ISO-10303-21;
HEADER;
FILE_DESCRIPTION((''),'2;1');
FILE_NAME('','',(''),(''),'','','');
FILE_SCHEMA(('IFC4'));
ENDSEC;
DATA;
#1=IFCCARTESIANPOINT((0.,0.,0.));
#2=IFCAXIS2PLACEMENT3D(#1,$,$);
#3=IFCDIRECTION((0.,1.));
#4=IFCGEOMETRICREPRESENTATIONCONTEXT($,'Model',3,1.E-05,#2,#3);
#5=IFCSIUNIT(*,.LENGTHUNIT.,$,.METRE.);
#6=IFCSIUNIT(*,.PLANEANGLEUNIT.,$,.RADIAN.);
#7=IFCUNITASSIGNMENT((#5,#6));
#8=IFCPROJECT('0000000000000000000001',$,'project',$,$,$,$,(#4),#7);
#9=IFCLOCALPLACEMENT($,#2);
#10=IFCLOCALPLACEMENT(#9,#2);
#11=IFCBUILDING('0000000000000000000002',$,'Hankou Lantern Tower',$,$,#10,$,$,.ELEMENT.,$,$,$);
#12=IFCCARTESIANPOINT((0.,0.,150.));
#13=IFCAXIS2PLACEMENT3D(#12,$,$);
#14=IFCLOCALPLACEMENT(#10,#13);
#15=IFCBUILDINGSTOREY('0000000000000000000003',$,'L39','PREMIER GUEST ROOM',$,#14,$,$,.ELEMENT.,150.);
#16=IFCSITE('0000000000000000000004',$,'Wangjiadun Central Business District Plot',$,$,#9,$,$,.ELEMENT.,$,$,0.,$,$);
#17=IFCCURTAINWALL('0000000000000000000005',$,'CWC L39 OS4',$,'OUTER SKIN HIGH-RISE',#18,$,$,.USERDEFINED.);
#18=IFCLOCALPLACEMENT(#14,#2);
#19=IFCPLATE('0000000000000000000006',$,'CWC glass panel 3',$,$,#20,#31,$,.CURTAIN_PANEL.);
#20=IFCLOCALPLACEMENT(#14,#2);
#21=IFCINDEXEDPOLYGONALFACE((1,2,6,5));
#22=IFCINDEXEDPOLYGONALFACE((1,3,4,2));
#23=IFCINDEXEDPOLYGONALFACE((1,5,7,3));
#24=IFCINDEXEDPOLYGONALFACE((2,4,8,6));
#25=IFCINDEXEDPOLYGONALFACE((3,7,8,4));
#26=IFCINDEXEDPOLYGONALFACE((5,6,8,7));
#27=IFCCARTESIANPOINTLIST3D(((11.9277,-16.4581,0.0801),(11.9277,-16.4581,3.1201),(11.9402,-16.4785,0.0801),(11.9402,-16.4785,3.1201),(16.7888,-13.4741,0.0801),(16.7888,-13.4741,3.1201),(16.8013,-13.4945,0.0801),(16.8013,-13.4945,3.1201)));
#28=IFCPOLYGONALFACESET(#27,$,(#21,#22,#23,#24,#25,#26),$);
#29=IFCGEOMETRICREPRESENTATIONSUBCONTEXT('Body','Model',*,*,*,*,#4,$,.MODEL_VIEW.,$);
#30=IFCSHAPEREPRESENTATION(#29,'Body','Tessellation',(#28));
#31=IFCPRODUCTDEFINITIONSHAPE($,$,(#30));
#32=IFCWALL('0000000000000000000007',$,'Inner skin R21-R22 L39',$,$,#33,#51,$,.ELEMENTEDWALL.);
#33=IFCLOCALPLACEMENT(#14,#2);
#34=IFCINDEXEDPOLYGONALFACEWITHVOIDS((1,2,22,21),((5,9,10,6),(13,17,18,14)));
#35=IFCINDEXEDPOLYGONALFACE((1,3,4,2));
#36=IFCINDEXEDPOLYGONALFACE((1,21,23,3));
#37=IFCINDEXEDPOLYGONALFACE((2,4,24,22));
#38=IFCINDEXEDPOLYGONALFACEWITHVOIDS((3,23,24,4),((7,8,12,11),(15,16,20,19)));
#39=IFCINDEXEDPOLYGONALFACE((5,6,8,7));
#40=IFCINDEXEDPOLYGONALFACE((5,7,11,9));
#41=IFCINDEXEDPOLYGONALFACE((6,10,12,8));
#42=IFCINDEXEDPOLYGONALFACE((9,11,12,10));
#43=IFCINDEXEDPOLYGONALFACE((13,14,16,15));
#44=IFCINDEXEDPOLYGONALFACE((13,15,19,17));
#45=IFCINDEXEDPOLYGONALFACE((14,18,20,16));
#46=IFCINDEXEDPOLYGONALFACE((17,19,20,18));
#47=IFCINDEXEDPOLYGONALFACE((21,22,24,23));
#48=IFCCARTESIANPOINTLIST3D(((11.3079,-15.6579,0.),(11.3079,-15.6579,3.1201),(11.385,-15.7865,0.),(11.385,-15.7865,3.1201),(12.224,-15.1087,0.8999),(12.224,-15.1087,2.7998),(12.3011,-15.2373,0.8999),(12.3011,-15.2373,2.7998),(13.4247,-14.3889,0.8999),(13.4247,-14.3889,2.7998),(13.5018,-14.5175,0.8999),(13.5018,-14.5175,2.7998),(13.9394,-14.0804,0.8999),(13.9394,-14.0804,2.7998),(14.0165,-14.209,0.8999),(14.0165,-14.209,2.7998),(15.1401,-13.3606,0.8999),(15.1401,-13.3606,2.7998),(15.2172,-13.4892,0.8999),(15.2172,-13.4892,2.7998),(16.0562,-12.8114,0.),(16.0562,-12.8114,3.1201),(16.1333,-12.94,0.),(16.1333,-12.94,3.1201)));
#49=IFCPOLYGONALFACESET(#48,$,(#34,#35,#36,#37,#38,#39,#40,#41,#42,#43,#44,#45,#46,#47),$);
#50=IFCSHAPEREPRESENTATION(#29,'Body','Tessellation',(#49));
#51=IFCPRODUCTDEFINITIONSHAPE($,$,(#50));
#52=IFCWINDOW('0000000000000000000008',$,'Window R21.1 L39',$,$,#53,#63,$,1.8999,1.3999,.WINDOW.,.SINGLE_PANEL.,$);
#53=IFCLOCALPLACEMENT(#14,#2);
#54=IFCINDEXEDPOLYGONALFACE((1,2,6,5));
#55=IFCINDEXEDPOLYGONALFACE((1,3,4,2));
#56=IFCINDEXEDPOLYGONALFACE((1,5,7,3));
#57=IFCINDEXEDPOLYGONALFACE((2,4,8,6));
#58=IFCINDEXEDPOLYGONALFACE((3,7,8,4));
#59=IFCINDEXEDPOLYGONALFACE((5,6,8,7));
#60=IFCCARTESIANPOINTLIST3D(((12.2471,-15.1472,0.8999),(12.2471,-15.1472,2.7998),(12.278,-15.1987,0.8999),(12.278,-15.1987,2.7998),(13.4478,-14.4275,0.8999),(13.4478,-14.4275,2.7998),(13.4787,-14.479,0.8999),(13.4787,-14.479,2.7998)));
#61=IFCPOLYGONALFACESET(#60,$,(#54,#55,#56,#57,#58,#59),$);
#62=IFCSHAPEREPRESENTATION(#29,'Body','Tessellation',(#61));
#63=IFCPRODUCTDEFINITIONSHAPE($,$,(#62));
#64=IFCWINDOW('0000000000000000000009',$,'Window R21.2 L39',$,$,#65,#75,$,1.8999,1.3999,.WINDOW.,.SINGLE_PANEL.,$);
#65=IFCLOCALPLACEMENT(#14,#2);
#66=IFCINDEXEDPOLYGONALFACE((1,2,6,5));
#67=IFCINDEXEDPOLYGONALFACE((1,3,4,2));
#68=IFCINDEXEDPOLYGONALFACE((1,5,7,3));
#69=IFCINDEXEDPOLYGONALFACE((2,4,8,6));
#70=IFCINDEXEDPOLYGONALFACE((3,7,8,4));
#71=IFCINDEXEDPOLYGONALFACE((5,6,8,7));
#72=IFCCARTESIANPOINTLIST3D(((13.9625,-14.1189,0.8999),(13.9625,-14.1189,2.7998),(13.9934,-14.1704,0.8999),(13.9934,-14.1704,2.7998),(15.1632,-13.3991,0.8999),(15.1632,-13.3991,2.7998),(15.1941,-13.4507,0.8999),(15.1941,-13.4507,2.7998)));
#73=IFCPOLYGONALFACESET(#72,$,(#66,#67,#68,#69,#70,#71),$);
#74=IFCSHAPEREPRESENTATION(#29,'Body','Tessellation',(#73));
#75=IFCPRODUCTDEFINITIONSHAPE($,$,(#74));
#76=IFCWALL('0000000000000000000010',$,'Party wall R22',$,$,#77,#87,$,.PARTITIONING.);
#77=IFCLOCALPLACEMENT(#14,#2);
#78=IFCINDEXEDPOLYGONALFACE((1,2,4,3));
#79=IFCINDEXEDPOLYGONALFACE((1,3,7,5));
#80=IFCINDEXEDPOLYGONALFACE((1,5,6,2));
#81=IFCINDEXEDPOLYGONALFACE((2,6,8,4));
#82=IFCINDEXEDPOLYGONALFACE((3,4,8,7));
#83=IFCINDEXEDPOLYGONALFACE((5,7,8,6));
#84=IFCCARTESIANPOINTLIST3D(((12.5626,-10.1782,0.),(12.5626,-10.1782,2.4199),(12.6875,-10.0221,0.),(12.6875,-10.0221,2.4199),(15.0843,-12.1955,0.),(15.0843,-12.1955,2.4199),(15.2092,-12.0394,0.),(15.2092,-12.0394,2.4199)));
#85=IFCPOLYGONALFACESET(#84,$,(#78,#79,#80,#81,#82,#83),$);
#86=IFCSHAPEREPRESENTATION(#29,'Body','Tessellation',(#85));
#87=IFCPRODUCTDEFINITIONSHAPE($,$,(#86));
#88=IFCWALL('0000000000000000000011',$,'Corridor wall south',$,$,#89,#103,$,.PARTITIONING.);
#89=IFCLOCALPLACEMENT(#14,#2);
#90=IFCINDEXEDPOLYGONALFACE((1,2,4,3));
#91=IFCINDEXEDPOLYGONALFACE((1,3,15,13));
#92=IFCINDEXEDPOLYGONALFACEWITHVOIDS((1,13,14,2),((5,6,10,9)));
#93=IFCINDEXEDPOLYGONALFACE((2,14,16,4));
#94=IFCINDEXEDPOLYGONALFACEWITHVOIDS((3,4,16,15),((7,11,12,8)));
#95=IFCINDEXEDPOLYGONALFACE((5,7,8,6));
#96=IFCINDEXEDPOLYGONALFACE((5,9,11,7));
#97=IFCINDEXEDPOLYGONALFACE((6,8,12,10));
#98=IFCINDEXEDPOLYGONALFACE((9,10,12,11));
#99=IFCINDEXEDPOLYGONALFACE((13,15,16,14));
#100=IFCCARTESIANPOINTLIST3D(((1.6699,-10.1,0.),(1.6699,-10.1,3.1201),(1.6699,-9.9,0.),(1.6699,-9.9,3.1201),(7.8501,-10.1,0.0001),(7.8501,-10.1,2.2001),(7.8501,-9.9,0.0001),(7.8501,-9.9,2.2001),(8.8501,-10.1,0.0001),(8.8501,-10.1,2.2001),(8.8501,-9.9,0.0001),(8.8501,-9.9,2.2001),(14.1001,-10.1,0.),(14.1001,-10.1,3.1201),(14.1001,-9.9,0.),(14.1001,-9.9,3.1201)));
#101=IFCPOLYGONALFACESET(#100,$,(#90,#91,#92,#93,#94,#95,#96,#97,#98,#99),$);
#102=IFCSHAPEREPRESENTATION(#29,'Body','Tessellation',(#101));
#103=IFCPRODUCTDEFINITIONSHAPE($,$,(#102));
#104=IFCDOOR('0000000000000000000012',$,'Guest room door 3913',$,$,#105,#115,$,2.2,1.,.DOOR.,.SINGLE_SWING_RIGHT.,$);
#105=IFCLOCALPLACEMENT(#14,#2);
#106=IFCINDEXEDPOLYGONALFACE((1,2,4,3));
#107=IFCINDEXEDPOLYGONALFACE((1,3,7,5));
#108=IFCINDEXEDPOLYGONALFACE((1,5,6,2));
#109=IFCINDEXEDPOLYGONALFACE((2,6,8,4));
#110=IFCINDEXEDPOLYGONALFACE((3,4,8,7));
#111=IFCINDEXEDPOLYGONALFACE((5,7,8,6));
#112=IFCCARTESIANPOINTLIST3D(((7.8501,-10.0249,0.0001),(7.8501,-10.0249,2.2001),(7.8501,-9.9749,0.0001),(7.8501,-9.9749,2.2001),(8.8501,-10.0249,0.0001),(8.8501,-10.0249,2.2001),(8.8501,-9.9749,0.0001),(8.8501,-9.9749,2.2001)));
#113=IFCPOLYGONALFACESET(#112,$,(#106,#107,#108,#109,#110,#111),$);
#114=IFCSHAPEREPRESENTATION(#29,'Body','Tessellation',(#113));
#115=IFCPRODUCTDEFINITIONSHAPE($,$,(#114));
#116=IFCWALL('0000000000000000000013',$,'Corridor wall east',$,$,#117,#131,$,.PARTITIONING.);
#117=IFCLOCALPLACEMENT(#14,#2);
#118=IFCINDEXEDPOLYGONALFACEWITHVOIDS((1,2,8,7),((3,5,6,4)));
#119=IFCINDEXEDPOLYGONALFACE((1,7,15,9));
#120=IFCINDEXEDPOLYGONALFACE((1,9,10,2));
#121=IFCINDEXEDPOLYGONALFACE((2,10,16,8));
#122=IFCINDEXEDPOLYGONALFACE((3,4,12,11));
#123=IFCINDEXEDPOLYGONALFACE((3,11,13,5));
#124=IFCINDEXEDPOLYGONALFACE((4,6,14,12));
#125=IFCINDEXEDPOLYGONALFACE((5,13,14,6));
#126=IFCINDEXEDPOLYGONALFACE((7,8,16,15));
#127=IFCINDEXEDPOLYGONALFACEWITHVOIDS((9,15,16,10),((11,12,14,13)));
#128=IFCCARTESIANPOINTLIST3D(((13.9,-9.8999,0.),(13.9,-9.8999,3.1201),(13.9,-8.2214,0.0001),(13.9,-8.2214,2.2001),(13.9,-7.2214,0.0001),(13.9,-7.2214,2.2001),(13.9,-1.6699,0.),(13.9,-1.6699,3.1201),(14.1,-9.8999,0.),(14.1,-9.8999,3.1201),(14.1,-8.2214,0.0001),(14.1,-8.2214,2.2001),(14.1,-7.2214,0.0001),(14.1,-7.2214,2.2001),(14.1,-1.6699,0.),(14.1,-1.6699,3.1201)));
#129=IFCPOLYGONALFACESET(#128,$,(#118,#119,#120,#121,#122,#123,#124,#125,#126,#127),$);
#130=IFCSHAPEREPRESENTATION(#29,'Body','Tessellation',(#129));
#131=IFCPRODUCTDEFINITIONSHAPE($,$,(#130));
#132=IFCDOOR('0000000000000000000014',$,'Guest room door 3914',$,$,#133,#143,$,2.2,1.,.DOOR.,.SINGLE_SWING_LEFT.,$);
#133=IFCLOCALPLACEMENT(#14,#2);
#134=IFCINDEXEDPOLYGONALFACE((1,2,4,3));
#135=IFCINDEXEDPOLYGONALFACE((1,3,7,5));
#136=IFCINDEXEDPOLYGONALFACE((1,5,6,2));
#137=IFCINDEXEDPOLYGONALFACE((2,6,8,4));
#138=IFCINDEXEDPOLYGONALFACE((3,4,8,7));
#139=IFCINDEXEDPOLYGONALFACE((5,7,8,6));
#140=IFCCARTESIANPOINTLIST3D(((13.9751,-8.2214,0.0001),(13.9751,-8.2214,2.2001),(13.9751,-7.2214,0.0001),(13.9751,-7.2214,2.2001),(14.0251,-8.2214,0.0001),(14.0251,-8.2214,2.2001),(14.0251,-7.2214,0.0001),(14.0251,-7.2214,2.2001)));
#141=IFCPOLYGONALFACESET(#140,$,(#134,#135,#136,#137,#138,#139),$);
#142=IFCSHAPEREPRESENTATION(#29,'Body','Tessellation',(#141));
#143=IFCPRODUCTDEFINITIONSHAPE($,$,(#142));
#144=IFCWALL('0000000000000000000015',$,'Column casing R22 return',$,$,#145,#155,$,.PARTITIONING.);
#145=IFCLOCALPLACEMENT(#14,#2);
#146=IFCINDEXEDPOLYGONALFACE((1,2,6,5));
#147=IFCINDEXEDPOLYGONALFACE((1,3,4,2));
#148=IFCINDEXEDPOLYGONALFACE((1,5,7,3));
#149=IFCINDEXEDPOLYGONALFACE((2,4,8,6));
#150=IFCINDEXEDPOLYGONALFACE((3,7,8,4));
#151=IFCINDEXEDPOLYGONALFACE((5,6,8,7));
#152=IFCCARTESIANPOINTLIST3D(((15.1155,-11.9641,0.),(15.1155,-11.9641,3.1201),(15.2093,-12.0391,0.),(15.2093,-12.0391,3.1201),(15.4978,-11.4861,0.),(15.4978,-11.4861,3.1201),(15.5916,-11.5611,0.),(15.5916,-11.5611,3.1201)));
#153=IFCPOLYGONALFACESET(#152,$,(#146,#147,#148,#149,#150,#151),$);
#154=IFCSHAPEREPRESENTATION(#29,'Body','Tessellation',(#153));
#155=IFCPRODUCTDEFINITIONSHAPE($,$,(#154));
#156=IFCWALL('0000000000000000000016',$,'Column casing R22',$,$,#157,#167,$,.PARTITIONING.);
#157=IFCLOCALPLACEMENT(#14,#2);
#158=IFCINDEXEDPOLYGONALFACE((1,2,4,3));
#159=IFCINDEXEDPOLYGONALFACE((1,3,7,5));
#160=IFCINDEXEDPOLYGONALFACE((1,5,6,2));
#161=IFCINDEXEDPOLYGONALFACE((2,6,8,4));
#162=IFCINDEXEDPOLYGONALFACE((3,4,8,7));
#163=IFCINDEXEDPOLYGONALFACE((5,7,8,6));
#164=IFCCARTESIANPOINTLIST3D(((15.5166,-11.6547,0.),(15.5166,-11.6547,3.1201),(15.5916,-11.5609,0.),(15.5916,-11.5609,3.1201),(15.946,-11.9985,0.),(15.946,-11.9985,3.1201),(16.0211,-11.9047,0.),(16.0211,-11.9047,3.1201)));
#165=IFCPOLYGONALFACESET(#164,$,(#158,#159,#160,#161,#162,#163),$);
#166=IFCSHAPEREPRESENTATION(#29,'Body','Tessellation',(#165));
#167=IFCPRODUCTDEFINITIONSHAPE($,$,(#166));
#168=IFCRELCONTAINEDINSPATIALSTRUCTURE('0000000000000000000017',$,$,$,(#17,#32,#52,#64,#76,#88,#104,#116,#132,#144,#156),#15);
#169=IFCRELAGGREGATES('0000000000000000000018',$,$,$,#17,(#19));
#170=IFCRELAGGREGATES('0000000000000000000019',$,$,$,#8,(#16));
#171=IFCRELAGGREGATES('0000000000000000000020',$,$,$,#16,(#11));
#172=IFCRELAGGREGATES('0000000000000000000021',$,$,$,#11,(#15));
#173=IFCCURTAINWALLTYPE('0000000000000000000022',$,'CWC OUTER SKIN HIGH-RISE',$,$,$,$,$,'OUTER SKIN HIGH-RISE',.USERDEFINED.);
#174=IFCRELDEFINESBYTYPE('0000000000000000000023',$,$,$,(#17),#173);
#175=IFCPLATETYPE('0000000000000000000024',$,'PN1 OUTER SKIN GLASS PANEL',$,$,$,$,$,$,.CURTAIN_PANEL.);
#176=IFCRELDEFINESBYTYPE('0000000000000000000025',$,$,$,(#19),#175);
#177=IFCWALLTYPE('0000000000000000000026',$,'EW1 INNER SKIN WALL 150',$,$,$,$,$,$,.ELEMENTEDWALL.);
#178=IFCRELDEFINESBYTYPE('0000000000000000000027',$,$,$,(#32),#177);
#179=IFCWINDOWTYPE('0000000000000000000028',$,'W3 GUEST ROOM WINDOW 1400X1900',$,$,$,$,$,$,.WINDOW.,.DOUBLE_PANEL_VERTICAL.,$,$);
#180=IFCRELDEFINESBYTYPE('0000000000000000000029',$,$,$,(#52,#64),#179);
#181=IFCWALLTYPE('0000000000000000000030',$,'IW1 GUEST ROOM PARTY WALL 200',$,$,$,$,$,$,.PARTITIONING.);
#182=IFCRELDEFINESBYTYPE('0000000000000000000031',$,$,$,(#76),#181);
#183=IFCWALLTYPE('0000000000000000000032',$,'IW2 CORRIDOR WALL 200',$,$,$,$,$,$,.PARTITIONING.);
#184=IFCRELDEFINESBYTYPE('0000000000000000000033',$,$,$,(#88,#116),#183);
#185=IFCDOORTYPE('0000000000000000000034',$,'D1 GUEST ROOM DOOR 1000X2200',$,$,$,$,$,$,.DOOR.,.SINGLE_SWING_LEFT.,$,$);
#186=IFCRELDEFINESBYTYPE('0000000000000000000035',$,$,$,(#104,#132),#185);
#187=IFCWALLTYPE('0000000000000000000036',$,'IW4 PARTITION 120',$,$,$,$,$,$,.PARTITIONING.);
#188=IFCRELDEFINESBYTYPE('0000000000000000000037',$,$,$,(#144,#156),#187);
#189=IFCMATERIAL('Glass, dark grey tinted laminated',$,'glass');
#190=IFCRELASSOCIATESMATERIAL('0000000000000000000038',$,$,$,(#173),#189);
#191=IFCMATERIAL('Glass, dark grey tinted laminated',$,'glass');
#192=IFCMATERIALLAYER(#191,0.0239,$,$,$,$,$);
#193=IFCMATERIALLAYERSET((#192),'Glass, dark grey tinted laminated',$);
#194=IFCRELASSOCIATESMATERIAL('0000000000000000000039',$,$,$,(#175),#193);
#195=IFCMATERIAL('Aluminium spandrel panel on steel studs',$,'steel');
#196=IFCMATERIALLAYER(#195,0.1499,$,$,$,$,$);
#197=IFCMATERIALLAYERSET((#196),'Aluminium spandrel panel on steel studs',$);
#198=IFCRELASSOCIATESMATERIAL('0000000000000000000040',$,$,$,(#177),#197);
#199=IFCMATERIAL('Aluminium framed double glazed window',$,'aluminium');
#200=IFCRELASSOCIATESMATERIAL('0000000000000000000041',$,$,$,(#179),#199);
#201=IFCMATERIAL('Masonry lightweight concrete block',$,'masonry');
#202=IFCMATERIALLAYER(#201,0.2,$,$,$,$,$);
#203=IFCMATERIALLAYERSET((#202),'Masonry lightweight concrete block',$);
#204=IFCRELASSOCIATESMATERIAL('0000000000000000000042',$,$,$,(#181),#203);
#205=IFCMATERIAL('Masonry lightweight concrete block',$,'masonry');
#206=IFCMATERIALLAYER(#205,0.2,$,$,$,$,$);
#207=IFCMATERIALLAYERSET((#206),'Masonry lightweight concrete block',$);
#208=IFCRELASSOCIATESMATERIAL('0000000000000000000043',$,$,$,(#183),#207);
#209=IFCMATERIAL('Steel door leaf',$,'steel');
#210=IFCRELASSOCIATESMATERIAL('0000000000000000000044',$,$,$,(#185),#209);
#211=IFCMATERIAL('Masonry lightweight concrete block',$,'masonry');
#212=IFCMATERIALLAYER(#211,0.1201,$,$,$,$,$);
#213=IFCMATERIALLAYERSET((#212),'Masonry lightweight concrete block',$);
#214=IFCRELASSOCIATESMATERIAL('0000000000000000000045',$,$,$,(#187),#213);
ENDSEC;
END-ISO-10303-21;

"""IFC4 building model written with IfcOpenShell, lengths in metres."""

from ifc_helpers import new_model, si_unit, direction, frame, frame_2d, origin, origin_2d, place, context, subcontext, project, spatial, rectangle, extrude, material, layer, layer_set, type_object, element, fill, aggregate, save


model = new_model("IFC4")

# Units and contexts
model_context = context("Model", 3, precision=1e-05, world=origin(), true_north=direction((0.0, 1.0)))
body_context = subcontext(model_context, "Body", "Model", "MODEL_VIEW")
ifc_project = project(units=[si_unit("LENGTHUNIT", "METRE"), si_unit("PLANEANGLEUNIT", "RADIAN")], contexts=[model_context])

# Site, building, storey
site_placement = place(None, origin())
site = spatial("IfcSite", under=ifc_project, at=site_placement, Name="Wangjiadun Central Business District Plot", CompositionType="ELEMENT", RefElevation=0.0)
building_placement = place(site_placement, origin())
building = spatial("IfcBuilding", under=site, at=building_placement, Name="Hankou Lantern Tower", CompositionType="ELEMENT")
storey_placement = place(building_placement, frame((0.0, 0.0, 150.0)))
storey = spatial("IfcBuildingStorey", under=building, at=storey_placement, Name="L39", Description="PREMIER GUEST ROOM", CompositionType="ELEMENT", Elevation=150.0)

# Curtain wall
ifc_material_1 = material(Name="Glass, dark grey tinted laminated", Category="glass")
curtain_wall_type = type_object("IfcCurtainWallType", Name="CWC OUTER SKIN HIGH-RISE", ElementType="OUTER SKIN HIGH-RISE", PredefinedType="USERDEFINED", material=ifc_material_1)
curtain_wall_placement = place(storey_placement, origin())
curtain_wall = element("IfcCurtainWall", 1, at=curtain_wall_placement, inside=storey, type_object=curtain_wall_type, Name="CWC L39 OS4", ObjectType="OUTER SKIN HIGH-RISE", PredefinedType="USERDEFINED")

# Plate
ifc_material_2 = material(Name="Glass, dark grey tinted laminated", Category="glass")
ifc_layer_1 = layer(ifc_material_2, 0.0239)
ifc_layer_set_1 = layer_set([ifc_layer_1], Name="Glass, dark grey tinted laminated")
plate_type = type_object("IfcPlateType", Name="PN1 OUTER SKIN GLASS PANEL", PredefinedType="CURTAIN_PANEL", material=ifc_layer_set_1)
plate_placement = place(storey_placement, frame((14.3645, -14.9763, 0.0801), z_axis=(0.0, 0.0, 1.0), x_axis=(0.852237, 0.523156, 0.0)))
plate = element("IfcPlate", 2, at=plate_placement, type_object=plate_type, Name="CWC glass panel 3", PredefinedType="CURTAIN_PANEL", context=body_context, shape_type="SweptSolid", body=[
    extrude(rectangle(XDim=5.7039, YDim=0.0239, at=origin_2d()), origin(), (0.0, 0.0, 1.0), 3.04),
])
aggregate(curtain_wall, [plate])

# Wall, openings, windows
ifc_material_3 = material(Name="Aluminium spandrel panel on steel studs", Category="steel")
ifc_layer_2 = layer(ifc_material_3, 0.1499)
ifc_layer_set_2 = layer_set([ifc_layer_2], Name="Aluminium spandrel panel on steel studs")
wall_type_1 = type_object("IfcWallType", Name="EW1 INNER SKIN WALL 150", PredefinedType="ELEMENTEDWALL", material=ifc_layer_set_2)
wall_1_placement = place(storey_placement, frame((11.3464, -15.7222, 0.0), z_axis=(0.0, 0.0, 1.0), x_axis=(0.857695, 0.514158, 0.0)))
wall_1 = element("IfcWall", 3, at=wall_1_placement, inside=storey, type_object=wall_type_1, Name="Inner skin R21-R22 L39", PredefinedType="ELEMENTEDWALL", context=body_context, shape_type="SweptSolid", body=[
    extrude(rectangle(XDim=5.5361, YDim=0.1499, at=frame_2d((2.7681, 0.0))), origin(), (0.0, 0.0, 1.0), 3.1201),
])
opening_1_placement = place(wall_1_placement, frame((1.0681, 0.0, 0.8999)))
opening_1 = element("IfcOpeningElement", 4, at=opening_1_placement, cuts=wall_1, PredefinedType="OPENING", context=body_context, shape_type="SweptSolid", body=[
    extrude(rectangle(XDim=1.3999, YDim=1.8999, at=frame_2d((0.7, 0.95))), frame((0.0, 0.085, 0.0), z_axis=(0.0, -1.0, 0.0), x_axis=(1.0, 0.0, 0.0)), (0.0, 0.0, 1.0), 0.1699),
])
opening_2_placement = place(wall_1_placement, frame((3.0681, 0.0, 0.8999)))
opening_2 = element("IfcOpeningElement", 5, at=opening_2_placement, cuts=wall_1, PredefinedType="OPENING", context=body_context, shape_type="SweptSolid", body=[
    extrude(rectangle(XDim=1.3999, YDim=1.8999, at=frame_2d((0.7, 0.95))), frame((0.0, 0.085, 0.0), z_axis=(0.0, -1.0, 0.0), x_axis=(1.0, 0.0, 0.0)), (0.0, 0.0, 1.0), 0.1699),
])
ifc_material_4 = material(Name="Aluminium framed double glazed window", Category="aluminium")
window_type = type_object("IfcWindowType", Name="W3 GUEST ROOM WINDOW 1400X1900", PartitioningType="DOUBLE_PANEL_VERTICAL", PredefinedType="WINDOW", material=ifc_material_4)
window_1_placement = place(opening_1_placement, origin())
window_1 = element("IfcWindow", 6, at=window_1_placement, inside=storey, type_object=window_type, Name="Window R21.1 L39", OverallHeight=1.8999, OverallWidth=1.3999, PartitioningType="SINGLE_PANEL", PredefinedType="WINDOW", context=body_context, shape_type="SweptSolid", body=[
    extrude(rectangle(XDim=1.3999, YDim=1.8999, at=frame_2d((0.7, 0.95))), frame((0.0, 0.03, 0.0), z_axis=(0.0, -1.0, 0.0), x_axis=(1.0, 0.0, 0.0)), (0.0, 0.0, 1.0), 0.0601),
])
fill(opening_1, window_1)
window_2_placement = place(opening_2_placement, origin())
window_2 = element("IfcWindow", 7, at=window_2_placement, inside=storey, type_object=window_type, Name="Window R21.2 L39", OverallHeight=1.8999, OverallWidth=1.3999, PartitioningType="SINGLE_PANEL", PredefinedType="WINDOW", context=body_context, shape_type="SweptSolid", body=[
    extrude(rectangle(XDim=1.3999, YDim=1.8999, at=frame_2d((0.7, 0.95))), frame((0.0, 0.03, 0.0), z_axis=(0.0, -1.0, 0.0), x_axis=(1.0, 0.0, 0.0)), (0.0, 0.0, 1.0), 0.0601),
])
fill(opening_2, window_2)

# Wall
ifc_material_5 = material(Name="Masonry lightweight concrete block", Category="masonry")
ifc_layer_3 = layer(ifc_material_5, 0.2)
ifc_layer_set_3 = layer_set([ifc_layer_3], Name="Masonry lightweight concrete block")
wall_type_2 = type_object("IfcWallType", Name="IW1 GUEST ROOM PARTY WALL 200", PredefinedType="PARTITIONING", material=ifc_layer_set_3)
wall_2_placement = place(storey_placement, frame((12.625, -10.1001, 0.0), z_axis=(0.0, 0.0, 1.0), x_axis=(0.780876, -0.624686, 0.0)))
element("IfcWall", 8, at=wall_2_placement, inside=storey, type_object=wall_type_2, Name="Party wall R22", PredefinedType="PARTITIONING", context=body_context, shape_type="SweptSolid", body=[
    extrude(rectangle(XDim=3.2292, YDim=0.2, at=frame_2d((1.6147, 0.0))), origin(), (0.0, 0.0, 1.0), 2.4199),
])

# Walls, openings, doors
ifc_material_6 = material(Name="Masonry lightweight concrete block", Category="masonry")
ifc_layer_4 = layer(ifc_material_6, 0.2)
ifc_layer_set_4 = layer_set([ifc_layer_4], Name="Masonry lightweight concrete block")
wall_type_3 = type_object("IfcWallType", Name="IW2 CORRIDOR WALL 200", PredefinedType="PARTITIONING", material=ifc_layer_set_4)
wall_3_placement = place(storey_placement, frame((14.1001, -10.0, 0.0), z_axis=(0.0, 0.0, 1.0), x_axis=(-1.0, 0.0, 0.0)))
wall_3 = element("IfcWall", 9, at=wall_3_placement, inside=storey, type_object=wall_type_3, Name="Corridor wall south", PredefinedType="PARTITIONING", context=body_context, shape_type="SweptSolid", body=[
    extrude(rectangle(XDim=12.4302, YDim=0.2, at=frame_2d((6.2151, 0.0))), origin(), (0.0, 0.0, 1.0), 3.1201),
])
opening_3_placement = place(wall_3_placement, frame((5.25, 0.0, 0.0)))
opening_3 = element("IfcOpeningElement", 10, at=opening_3_placement, cuts=wall_3, PredefinedType="OPENING", context=body_context, shape_type="SweptSolid", body=[
    extrude(rectangle(XDim=1.0, YDim=2.2, at=frame_2d((0.5, 1.1001))), frame((0.0, 0.1099, 0.0), z_axis=(0.0, -1.0, 0.0), x_axis=(1.0, 0.0, 0.0)), (0.0, 0.0, 1.0), 0.22),
])
ifc_material_7 = material(Name="Steel door leaf", Category="steel")
door_type = type_object("IfcDoorType", Name="D1 GUEST ROOM DOOR 1000X2200", OperationType="SINGLE_SWING_LEFT", PredefinedType="DOOR", material=ifc_material_7)
door_1_placement = place(opening_3_placement, origin())
door_1 = element("IfcDoor", 11, at=door_1_placement, inside=storey, type_object=door_type, Name="Guest room door 3913", OperationType="SINGLE_SWING_RIGHT", OverallHeight=2.2, OverallWidth=1.0, PredefinedType="DOOR", context=body_context, shape_type="SweptSolid", body=[
    extrude(rectangle(XDim=1.0, YDim=2.2, at=frame_2d((0.5, 1.1001))), frame((0.0, 0.0249, 0.0), z_axis=(0.0, -1.0, 0.0), x_axis=(1.0, 0.0, 0.0)), (0.0, 0.0, 1.0), 0.05),
])
fill(opening_3, door_1)
wall_4_placement = place(storey_placement, frame((14.0, -9.8999, 0.0), z_axis=(0.0, 0.0, 1.0), x_axis=(0.0, 1.0, 0.0)))
wall_4 = element("IfcWall", 12, at=wall_4_placement, inside=storey, type_object=wall_type_3, Name="Corridor wall east", PredefinedType="PARTITIONING", context=body_context, shape_type="SweptSolid", body=[
    extrude(rectangle(XDim=8.23, YDim=0.2, at=frame_2d((4.115, 0.0))), origin(), (0.0, 0.0, 1.0), 3.1201),
])
opening_4_placement = place(wall_4_placement, frame((1.6785, 0.0, 0.0)))
opening_4 = element("IfcOpeningElement", 13, at=opening_4_placement, cuts=wall_4, PredefinedType="OPENING", context=body_context, shape_type="SweptSolid", body=[
    extrude(rectangle(XDim=1.0, YDim=2.2, at=frame_2d((0.5, 1.1001))), frame((0.0, 0.1099, 0.0), z_axis=(0.0, -1.0, 0.0), x_axis=(1.0, 0.0, 0.0)), (0.0, 0.0, 1.0), 0.22),
])
door_2_placement = place(opening_4_placement, origin())
door_2 = element("IfcDoor", 14, at=door_2_placement, inside=storey, type_object=door_type, Name="Guest room door 3914", OperationType="SINGLE_SWING_LEFT", OverallHeight=2.2, OverallWidth=1.0, PredefinedType="DOOR", context=body_context, shape_type="SweptSolid", body=[
    extrude(rectangle(XDim=1.0, YDim=2.2, at=frame_2d((0.5, 1.1001))), frame((0.0, 0.0249, 0.0), z_axis=(0.0, -1.0, 0.0), x_axis=(1.0, 0.0, 0.0)), (0.0, 0.0, 1.0), 0.05),
])
fill(opening_4, door_2)

# Walls
ifc_material_8 = material(Name="Masonry lightweight concrete block", Category="masonry")
ifc_layer_5 = layer(ifc_material_8, 0.1201)
ifc_layer_set_5 = layer_set([ifc_layer_5], Name="Masonry lightweight concrete block")
wall_type_4 = type_object("IfcWallType", Name="IW4 PARTITION 120", PredefinedType="PARTITIONING", material=ifc_layer_set_5)
wall_5_placement = place(storey_placement, frame((15.1624, -12.0017, 0.0), z_axis=(0.0, 0.0, 1.0), x_axis=(0.624598, 0.780947, 0.0)))
element("IfcWall", 15, at=wall_5_placement, inside=storey, type_object=wall_type_4, Name="Column casing R22 return", PredefinedType="PARTITIONING", context=body_context, shape_type="SweptSolid", body=[
    extrude(rectangle(XDim=0.6121, YDim=0.1201, at=frame_2d((0.3062, 0.0))), origin(), (0.0, 0.0, 1.0), 3.1201),
])
wall_6_placement = place(storey_placement, frame((15.5542, -11.6079, 0.0), z_axis=(0.0, 0.0, 1.0), x_axis=(0.780696, -0.624912, 0.0)))
element("IfcWall", 16, at=wall_6_placement, inside=storey, type_object=wall_type_4, Name="Column casing R22", PredefinedType="PARTITIONING", context=body_context, shape_type="SweptSolid", body=[
    extrude(rectangle(XDim=0.55, YDim=0.1201, at=frame_2d((0.2749, 0.0))), origin(), (0.0, 0.0, 1.0), 3.1201),
])

save(model, "model.ifc")
